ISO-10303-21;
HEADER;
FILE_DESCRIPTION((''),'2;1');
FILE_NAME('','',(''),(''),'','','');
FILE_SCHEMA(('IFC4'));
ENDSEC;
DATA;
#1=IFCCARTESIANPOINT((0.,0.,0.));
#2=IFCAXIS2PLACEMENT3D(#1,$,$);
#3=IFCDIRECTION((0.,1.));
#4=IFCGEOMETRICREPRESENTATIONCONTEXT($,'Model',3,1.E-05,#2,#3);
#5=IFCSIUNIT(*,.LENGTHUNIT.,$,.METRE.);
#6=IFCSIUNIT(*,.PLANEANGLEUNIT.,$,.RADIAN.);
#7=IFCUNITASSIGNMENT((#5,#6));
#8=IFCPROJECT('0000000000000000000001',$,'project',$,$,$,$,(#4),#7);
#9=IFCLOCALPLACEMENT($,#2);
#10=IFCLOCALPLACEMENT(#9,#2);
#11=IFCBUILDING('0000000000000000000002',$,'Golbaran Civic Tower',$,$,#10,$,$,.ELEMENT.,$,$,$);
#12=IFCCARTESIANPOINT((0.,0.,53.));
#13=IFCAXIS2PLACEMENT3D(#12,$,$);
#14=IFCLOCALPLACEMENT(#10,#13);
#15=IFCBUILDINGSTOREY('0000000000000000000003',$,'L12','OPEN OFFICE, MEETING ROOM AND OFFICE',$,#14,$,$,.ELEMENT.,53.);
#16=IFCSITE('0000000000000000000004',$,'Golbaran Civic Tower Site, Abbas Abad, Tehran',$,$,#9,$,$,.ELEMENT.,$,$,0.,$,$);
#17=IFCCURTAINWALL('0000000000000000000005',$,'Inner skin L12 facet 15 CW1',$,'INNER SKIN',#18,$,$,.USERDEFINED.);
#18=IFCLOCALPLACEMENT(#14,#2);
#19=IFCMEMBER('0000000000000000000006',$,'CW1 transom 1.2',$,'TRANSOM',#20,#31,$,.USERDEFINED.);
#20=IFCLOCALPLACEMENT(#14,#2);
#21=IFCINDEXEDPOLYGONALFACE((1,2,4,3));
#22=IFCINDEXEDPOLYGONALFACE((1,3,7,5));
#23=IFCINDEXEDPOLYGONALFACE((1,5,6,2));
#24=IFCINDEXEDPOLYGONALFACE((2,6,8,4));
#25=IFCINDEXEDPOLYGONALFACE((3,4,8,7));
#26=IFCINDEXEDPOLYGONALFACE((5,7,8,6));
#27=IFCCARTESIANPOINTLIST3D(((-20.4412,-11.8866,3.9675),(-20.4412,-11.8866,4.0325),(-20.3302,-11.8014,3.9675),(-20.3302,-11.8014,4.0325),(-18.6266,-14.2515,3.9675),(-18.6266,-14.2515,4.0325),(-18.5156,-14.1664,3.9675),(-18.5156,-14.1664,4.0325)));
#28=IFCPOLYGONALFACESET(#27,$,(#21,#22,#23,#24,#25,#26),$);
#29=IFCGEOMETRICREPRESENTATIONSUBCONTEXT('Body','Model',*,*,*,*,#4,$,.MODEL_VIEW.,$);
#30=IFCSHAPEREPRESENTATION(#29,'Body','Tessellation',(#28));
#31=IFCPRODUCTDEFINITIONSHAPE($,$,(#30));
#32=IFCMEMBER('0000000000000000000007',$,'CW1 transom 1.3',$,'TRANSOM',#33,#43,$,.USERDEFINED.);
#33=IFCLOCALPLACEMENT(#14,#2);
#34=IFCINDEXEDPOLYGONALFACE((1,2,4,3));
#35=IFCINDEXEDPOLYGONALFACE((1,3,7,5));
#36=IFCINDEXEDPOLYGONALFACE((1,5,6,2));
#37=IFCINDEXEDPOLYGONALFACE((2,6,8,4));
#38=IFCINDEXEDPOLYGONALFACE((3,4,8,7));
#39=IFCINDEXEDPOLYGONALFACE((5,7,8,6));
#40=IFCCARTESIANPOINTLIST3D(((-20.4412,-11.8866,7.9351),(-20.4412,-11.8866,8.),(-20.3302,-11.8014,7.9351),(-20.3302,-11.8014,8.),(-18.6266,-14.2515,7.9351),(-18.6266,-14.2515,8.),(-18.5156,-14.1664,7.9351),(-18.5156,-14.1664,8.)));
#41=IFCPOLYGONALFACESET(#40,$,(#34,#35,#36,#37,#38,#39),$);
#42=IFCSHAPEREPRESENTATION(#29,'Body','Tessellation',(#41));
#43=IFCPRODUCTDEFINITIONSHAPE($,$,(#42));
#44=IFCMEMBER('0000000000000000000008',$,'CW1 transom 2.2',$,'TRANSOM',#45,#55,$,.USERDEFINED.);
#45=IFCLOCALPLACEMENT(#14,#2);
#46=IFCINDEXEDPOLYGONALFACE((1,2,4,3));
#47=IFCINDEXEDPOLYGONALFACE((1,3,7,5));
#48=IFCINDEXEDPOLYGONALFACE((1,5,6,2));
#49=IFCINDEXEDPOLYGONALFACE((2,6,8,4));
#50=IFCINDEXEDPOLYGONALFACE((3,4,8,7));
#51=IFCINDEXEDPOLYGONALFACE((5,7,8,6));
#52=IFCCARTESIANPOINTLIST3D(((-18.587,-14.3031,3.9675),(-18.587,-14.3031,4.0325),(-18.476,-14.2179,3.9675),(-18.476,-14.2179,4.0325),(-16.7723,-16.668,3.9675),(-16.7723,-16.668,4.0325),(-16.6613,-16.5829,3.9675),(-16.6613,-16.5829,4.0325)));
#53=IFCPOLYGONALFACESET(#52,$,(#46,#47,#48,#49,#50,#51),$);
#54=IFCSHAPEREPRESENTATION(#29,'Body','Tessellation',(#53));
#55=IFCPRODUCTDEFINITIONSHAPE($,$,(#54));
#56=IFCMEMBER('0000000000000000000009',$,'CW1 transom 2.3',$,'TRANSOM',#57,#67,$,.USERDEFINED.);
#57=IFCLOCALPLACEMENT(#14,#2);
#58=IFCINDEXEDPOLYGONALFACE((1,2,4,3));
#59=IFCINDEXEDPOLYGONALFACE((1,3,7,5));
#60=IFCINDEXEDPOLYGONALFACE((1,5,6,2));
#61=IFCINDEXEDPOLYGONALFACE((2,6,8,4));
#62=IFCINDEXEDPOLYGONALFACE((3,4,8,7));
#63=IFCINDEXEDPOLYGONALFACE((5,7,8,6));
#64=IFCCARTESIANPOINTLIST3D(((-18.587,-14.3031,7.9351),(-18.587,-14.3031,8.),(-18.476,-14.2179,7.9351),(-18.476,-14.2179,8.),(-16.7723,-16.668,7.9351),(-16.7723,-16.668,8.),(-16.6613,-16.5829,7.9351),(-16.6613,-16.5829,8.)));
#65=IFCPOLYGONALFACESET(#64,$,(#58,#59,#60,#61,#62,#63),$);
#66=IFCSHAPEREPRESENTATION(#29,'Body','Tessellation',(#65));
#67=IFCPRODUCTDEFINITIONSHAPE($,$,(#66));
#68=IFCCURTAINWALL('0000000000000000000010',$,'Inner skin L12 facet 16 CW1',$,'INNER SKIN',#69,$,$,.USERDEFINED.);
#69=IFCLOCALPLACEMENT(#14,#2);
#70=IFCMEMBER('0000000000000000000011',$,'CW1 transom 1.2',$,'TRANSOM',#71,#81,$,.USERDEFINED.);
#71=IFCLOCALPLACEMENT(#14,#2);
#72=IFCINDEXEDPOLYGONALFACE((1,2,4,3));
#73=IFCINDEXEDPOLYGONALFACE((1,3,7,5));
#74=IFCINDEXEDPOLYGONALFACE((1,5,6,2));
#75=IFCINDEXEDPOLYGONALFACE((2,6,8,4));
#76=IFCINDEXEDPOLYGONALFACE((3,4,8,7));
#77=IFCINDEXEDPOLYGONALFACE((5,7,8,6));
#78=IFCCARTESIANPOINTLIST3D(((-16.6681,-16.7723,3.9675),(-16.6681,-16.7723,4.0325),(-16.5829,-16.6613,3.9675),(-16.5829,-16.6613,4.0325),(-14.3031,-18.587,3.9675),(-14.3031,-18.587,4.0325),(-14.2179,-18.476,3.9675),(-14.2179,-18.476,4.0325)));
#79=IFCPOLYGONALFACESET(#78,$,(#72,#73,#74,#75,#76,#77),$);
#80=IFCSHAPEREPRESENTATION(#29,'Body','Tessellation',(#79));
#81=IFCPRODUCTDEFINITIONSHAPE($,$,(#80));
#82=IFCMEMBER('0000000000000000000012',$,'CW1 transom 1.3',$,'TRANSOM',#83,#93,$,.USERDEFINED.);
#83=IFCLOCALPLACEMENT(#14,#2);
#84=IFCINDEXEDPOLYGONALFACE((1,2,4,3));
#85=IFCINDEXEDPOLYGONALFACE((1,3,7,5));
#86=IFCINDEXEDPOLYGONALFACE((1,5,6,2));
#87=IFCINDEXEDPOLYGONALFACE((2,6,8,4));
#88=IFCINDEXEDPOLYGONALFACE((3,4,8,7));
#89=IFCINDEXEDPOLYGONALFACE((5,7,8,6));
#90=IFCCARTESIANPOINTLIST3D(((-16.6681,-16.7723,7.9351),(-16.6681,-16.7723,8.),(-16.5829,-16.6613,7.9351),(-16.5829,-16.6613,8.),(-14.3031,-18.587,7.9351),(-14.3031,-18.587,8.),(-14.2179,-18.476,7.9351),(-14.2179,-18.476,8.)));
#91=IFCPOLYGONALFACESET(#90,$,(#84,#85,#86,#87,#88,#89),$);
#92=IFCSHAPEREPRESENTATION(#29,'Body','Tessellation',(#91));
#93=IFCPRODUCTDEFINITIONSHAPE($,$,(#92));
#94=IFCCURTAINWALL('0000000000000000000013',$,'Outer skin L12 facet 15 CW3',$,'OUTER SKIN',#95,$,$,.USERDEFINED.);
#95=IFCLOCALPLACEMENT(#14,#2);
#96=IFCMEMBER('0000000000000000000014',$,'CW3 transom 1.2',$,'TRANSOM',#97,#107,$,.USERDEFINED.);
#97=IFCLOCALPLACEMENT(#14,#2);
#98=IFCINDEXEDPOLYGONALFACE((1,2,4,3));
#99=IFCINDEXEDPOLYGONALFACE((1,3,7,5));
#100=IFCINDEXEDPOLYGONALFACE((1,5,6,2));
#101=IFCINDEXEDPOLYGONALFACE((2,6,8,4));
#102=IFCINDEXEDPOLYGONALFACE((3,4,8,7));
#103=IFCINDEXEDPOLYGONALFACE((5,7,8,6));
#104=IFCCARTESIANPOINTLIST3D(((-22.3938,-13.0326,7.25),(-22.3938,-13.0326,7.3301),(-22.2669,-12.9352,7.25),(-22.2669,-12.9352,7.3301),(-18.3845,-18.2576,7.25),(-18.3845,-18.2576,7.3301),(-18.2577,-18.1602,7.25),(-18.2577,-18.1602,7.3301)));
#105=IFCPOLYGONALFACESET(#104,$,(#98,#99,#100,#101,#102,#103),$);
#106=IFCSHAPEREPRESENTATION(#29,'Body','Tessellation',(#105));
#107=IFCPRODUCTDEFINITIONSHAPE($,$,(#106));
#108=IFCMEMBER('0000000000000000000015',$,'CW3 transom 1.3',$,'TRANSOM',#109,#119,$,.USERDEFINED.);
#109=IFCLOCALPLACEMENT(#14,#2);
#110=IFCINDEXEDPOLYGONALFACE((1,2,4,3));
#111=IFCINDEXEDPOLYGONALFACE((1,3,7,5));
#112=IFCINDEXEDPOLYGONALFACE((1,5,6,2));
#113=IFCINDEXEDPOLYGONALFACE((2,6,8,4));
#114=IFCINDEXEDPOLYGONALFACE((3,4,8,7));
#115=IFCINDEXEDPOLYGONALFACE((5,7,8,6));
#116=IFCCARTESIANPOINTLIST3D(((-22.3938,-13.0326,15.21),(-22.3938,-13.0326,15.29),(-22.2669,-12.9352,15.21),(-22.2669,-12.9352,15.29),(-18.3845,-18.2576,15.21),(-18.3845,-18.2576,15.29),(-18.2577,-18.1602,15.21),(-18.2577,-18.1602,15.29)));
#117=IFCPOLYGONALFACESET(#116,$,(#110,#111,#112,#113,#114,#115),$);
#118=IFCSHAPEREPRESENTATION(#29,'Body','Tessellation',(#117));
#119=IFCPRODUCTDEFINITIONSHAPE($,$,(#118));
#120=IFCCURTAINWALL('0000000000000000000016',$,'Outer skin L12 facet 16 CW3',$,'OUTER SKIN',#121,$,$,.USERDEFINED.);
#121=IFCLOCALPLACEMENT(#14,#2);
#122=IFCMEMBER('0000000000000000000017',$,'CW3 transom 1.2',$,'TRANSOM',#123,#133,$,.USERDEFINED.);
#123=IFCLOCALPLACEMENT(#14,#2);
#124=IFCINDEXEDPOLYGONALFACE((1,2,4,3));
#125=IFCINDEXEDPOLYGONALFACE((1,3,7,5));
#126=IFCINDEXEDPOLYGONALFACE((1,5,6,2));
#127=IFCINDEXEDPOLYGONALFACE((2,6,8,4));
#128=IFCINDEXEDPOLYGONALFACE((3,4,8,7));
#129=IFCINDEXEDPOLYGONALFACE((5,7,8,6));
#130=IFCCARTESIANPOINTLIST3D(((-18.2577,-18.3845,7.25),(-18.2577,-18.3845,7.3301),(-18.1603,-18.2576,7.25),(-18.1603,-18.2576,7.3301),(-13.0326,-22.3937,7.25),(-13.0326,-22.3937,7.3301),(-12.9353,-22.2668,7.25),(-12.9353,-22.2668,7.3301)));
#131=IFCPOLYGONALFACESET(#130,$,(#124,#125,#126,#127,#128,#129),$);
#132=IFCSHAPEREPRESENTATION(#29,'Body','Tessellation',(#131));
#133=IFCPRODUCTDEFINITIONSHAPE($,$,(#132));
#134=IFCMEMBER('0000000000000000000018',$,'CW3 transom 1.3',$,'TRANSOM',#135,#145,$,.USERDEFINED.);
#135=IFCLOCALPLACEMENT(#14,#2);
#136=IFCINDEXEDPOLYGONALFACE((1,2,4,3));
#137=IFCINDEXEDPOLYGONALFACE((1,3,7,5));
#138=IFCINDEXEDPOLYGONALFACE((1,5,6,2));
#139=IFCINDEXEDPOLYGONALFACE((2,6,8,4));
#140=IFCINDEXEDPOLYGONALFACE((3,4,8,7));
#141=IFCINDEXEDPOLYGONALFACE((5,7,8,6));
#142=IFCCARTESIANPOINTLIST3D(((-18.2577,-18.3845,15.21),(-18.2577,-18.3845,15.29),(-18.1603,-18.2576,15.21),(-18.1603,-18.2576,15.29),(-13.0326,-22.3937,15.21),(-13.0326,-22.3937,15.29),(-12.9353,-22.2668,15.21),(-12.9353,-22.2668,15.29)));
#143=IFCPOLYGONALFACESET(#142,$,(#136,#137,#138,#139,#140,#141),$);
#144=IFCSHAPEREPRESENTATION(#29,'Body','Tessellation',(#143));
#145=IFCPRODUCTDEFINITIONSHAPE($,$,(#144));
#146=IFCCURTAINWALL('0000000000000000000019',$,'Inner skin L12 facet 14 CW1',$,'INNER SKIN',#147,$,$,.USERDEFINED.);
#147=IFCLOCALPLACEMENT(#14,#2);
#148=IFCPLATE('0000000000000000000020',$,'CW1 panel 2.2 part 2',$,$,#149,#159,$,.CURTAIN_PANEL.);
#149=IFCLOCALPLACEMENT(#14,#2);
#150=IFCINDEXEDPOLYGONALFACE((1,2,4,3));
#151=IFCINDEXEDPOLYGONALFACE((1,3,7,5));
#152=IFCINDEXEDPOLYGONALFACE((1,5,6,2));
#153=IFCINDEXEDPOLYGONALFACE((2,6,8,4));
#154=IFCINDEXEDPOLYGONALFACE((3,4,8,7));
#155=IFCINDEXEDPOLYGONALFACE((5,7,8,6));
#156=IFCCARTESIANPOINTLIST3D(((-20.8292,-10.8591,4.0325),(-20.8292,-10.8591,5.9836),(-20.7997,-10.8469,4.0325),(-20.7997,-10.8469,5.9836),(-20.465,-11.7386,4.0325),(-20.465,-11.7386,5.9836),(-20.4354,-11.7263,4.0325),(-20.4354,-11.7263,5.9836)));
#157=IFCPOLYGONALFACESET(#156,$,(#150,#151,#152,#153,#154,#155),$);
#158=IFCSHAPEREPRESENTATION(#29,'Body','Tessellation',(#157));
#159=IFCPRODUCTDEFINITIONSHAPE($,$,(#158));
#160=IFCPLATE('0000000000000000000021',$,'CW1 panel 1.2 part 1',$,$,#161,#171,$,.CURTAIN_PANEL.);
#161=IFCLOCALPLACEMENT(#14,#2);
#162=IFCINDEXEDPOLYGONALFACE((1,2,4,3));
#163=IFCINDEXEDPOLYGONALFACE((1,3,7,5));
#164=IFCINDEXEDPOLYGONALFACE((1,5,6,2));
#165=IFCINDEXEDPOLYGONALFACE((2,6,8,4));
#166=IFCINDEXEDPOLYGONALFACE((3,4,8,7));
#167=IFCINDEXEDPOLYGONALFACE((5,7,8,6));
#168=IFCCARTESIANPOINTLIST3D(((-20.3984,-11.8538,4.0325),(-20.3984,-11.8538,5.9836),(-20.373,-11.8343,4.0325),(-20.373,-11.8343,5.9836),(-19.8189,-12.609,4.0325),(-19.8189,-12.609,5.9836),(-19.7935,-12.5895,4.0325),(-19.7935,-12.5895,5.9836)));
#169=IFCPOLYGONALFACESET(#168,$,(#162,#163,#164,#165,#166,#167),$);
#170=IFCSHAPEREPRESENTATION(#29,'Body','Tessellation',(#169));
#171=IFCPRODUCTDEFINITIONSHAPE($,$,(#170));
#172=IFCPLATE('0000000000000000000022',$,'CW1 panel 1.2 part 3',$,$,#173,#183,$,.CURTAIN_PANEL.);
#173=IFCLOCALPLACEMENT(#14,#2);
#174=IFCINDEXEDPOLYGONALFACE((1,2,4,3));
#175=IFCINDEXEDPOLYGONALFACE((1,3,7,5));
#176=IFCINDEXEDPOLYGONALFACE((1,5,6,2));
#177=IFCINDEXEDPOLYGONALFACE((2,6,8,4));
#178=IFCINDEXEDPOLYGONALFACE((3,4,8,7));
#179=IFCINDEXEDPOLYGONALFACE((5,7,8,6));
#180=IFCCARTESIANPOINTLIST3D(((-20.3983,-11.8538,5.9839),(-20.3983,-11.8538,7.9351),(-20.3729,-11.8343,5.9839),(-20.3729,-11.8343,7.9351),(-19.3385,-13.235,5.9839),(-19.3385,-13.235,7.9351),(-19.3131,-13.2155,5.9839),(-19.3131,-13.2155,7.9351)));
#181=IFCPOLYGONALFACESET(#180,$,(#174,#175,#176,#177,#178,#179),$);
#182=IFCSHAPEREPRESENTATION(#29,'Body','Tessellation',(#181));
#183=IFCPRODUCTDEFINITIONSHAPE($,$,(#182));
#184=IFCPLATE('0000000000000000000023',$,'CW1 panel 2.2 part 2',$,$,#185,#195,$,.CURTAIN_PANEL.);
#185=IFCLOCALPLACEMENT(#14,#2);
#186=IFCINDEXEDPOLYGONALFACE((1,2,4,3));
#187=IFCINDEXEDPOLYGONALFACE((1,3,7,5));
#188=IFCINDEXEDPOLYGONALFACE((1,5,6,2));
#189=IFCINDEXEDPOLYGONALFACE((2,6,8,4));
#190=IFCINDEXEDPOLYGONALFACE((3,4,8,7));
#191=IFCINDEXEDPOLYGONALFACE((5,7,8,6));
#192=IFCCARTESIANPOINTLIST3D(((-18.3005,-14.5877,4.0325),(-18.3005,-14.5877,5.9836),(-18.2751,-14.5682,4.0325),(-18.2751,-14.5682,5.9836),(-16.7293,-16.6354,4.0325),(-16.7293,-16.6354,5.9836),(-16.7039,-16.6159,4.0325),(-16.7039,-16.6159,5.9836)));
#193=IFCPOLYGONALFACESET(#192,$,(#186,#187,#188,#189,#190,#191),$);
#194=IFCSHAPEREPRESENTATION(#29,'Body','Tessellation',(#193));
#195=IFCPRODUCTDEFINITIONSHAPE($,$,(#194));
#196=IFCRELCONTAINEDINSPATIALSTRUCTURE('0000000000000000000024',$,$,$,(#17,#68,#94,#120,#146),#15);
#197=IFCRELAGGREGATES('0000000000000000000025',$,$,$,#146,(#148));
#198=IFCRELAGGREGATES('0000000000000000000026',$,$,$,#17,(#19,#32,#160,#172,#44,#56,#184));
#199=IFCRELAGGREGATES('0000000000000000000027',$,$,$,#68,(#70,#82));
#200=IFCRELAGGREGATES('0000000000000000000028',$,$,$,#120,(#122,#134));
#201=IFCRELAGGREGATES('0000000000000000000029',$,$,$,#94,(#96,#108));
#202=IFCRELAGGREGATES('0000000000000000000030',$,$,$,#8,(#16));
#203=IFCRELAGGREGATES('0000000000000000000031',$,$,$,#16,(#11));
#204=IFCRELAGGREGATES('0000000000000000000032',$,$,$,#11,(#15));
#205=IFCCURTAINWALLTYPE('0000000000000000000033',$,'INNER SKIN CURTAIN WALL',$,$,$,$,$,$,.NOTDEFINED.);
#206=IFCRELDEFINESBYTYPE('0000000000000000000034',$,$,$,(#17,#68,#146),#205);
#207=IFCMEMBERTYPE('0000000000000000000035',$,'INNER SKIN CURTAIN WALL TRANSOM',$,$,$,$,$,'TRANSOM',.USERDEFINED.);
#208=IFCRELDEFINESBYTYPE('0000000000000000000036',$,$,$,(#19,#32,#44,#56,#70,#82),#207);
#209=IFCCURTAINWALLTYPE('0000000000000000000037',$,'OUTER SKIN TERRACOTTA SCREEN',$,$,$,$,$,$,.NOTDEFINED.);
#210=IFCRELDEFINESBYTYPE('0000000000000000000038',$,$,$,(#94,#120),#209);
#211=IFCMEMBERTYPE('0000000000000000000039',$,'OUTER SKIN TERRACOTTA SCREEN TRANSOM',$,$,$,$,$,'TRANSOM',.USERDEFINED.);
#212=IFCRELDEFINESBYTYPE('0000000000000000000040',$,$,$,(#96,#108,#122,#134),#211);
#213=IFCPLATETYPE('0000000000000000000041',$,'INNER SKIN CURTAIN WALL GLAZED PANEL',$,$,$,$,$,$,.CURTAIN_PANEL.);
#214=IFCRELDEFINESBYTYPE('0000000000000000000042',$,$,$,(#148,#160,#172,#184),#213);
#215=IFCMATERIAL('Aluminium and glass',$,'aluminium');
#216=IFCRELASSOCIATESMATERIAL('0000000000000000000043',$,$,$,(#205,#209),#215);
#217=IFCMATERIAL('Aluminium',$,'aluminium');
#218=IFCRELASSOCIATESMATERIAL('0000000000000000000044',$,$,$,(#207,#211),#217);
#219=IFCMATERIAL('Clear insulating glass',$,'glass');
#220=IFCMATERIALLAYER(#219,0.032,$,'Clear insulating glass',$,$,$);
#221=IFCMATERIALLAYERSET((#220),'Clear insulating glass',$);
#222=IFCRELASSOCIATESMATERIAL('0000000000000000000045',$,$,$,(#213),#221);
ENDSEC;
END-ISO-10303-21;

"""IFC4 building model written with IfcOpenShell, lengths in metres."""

from ifc_helpers import new_model, si_unit, direction, frame, origin, origin_2d, place, context, subcontext, project, spatial, rectangle, extrude, material, layer, layer_set, material_profile, profile_set, type_object, element, aggregate, save


model = new_model("IFC4")

# Units and contexts
model_context = context("Model", 3, precision=1e-05, world=origin(), true_north=direction((0.0, 1.0)))
body_context = subcontext(model_context, "Body", "Model", "MODEL_VIEW")
ifc_project = project(units=[si_unit("LENGTHUNIT", "METRE"), si_unit("PLANEANGLEUNIT", "RADIAN")], contexts=[model_context])

# Site, building, storey
site_placement = place(None, origin())
site = spatial("IfcSite", under=ifc_project, at=site_placement, Name="Golbaran Civic Tower Site, Abbas Abad, Tehran", CompositionType="ELEMENT", RefElevation=0.0)
building_placement = place(site_placement, origin())
building = spatial("IfcBuilding", under=site, at=building_placement, Name="Golbaran Civic Tower", CompositionType="ELEMENT")
storey_placement = place(building_placement, frame((0.0, 0.0, 53.0)))
storey = spatial("IfcBuildingStorey", under=building, at=storey_placement, Name="L12", Description="OPEN OFFICE, MEETING ROOM AND OFFICE", CompositionType="ELEMENT", Elevation=53.0)

# Curtain walls, members
ifc_material_1 = material(Name="Aluminium and glass", Category="aluminium")
curtain_wall_type_1 = type_object("IfcCurtainWallType", Name="INNER SKIN CURTAIN WALL", PredefinedType="NOTDEFINED", material=ifc_material_1)
curtain_wall_1_placement = place(storey_placement, origin())
curtain_wall_1 = element("IfcCurtainWall", 1, at=curtain_wall_1_placement, inside=storey, type_object=curtain_wall_type_1, Name="Inner skin L12 facet 15 CW1", ObjectType="INNER SKIN", PredefinedType="USERDEFINED")
ifc_material_2 = material(Name="Aluminium", Category="aluminium")
ifc_material_profile_1 = material_profile(ifc_material_2, rectangle(XDim=0.1399, YDim=0.0649, at=origin_2d()), Name="INNER SKIN CURTAIN WALL TRANSOM")
ifc_profile_set_1 = profile_set([ifc_material_profile_1], Name="Aluminium")
member_type_1 = type_object("IfcMemberType", Name="INNER SKIN CURTAIN WALL TRANSOM", ElementType="TRANSOM", PredefinedType="USERDEFINED", material=ifc_profile_set_1)
member_1_placement = place(storey_placement, frame((-20.3857, -11.844, 4.0), z_axis=(0.608756, -0.793357, 0.0), x_axis=(0.793357, 0.608756, 0.0)))
member_1 = element("IfcMember", 2, at=member_1_placement, type_object=member_type_1, Name="CW1 transom 1.2", ObjectType="TRANSOM", PredefinedType="USERDEFINED", context=body_context, shape_type="SweptSolid", body=[
    extrude(rectangle(XDim=0.1399, YDim=0.0649, at=origin_2d()), origin(), (0.0, 0.0, 1.0), 2.981),
])
member_2_placement = place(storey_placement, frame((-20.3857, -11.844, 7.9675), z_axis=(0.608756, -0.793357, 0.0), x_axis=(0.793357, 0.608756, 0.0)))
member_2 = element("IfcMember", 3, at=member_2_placement, type_object=member_type_1, Name="CW1 transom 1.3", ObjectType="TRANSOM", PredefinedType="USERDEFINED", context=body_context, shape_type="SweptSolid", body=[
    extrude(rectangle(XDim=0.1399, YDim=0.0649, at=origin_2d()), origin(), (0.0, 0.0, 1.0), 2.981),
])
member_3_placement = place(storey_placement, frame((-18.5315, -14.2605, 4.0), z_axis=(0.608756, -0.793357, 0.0), x_axis=(0.793357, 0.608756, 0.0)))
member_3 = element("IfcMember", 4, at=member_3_placement, type_object=member_type_1, Name="CW1 transom 2.2", ObjectType="TRANSOM", PredefinedType="USERDEFINED", context=body_context, shape_type="SweptSolid", body=[
    extrude(rectangle(XDim=0.1399, YDim=0.0649, at=origin_2d()), origin(), (0.0, 0.0, 1.0), 2.981),
])
member_4_placement = place(storey_placement, frame((-18.5315, -14.2605, 7.9675), z_axis=(0.608756, -0.793357, 0.0), x_axis=(0.793357, 0.608756, 0.0)))
member_4 = element("IfcMember", 5, at=member_4_placement, type_object=member_type_1, Name="CW1 transom 2.3", ObjectType="TRANSOM", PredefinedType="USERDEFINED", context=body_context, shape_type="SweptSolid", body=[
    extrude(rectangle(XDim=0.1399, YDim=0.0649, at=origin_2d()), origin(), (0.0, 0.0, 1.0), 2.981),
])
curtain_wall_2_placement = place(storey_placement, origin())
curtain_wall_2 = element("IfcCurtainWall", 6, at=curtain_wall_2_placement, inside=storey, type_object=curtain_wall_type_1, Name="Inner skin L12 facet 16 CW1", ObjectType="INNER SKIN", PredefinedType="USERDEFINED")
member_5_placement = place(storey_placement, frame((-16.6255, -16.7168, 4.0), z_axis=(0.793357, -0.608756, 0.0), x_axis=(0.608756, 0.793357, 0.0)))
member_5 = element("IfcMember", 7, at=member_5_placement, type_object=member_type_1, Name="CW1 transom 1.2", ObjectType="TRANSOM", PredefinedType="USERDEFINED", context=body_context, shape_type="SweptSolid", body=[
    extrude(rectangle(XDim=0.1399, YDim=0.0649, at=origin_2d()), origin(), (0.0, 0.0, 1.0), 2.981),
])
member_6_placement = place(storey_placement, frame((-16.6255, -16.7168, 7.9675), z_axis=(0.793357, -0.608756, 0.0), x_axis=(0.608756, 0.793357, 0.0)))
member_6 = element("IfcMember", 8, at=member_6_placement, type_object=member_type_1, Name="CW1 transom 1.3", ObjectType="TRANSOM", PredefinedType="USERDEFINED", context=body_context, shape_type="SweptSolid", body=[
    extrude(rectangle(XDim=0.1399, YDim=0.0649, at=origin_2d()), origin(), (0.0, 0.0, 1.0), 2.981),
])
curtain_wall_type_2 = type_object("IfcCurtainWallType", Name="OUTER SKIN TERRACOTTA SCREEN", PredefinedType="NOTDEFINED", material=ifc_material_1)
curtain_wall_3_placement = place(storey_placement, origin())
curtain_wall_3 = element("IfcCurtainWall", 9, at=curtain_wall_3_placement, inside=storey, type_object=curtain_wall_type_2, Name="Outer skin L12 facet 15 CW3", ObjectType="OUTER SKIN", PredefinedType="USERDEFINED")
ifc_material_profile_2 = material_profile(ifc_material_2, rectangle(XDim=0.1599, YDim=0.0801, at=origin_2d()), Name="OUTER SKIN TERRACOTTA SCREEN TRANSOM")
ifc_profile_set_2 = profile_set([ifc_material_profile_2], Name="Aluminium")
member_type_2 = type_object("IfcMemberType", Name="OUTER SKIN TERRACOTTA SCREEN TRANSOM", ElementType="TRANSOM", PredefinedType="USERDEFINED", material=ifc_profile_set_2)
member_7_placement = place(storey_placement, frame((-22.3303, -12.9839, 7.29), z_axis=(0.608754, -0.793359, 0.0), x_axis=(0.793359, 0.608754, 0.0)))
member_7 = element("IfcMember", 10, at=member_7_placement, type_object=member_type_2, Name="CW3 transom 1.2", ObjectType="TRANSOM", PredefinedType="USERDEFINED", context=body_context, shape_type="SweptSolid", body=[
    extrude(rectangle(XDim=0.1599, YDim=0.0801, at=origin_2d()), origin(), (0.0, 0.0, 1.0), 6.5859),
])
member_8_placement = place(storey_placement, frame((-22.3303, -12.9839, 15.25), z_axis=(0.608754, -0.793359, 0.0), x_axis=(0.793359, 0.608754, 0.0)))
member_8 = element("IfcMember", 11, at=member_8_placement, type_object=member_type_2, Name="CW3 transom 1.3", ObjectType="TRANSOM", PredefinedType="USERDEFINED", context=body_context, shape_type="SweptSolid", body=[
    extrude(rectangle(XDim=0.1599, YDim=0.0801, at=origin_2d()), origin(), (0.0, 0.0, 1.0), 6.5859),
])
curtain_wall_4_placement = place(storey_placement, origin())
curtain_wall_4 = element("IfcCurtainWall", 12, at=curtain_wall_4_placement, inside=storey, type_object=curtain_wall_type_2, Name="Outer skin L12 facet 16 CW3", ObjectType="OUTER SKIN", PredefinedType="USERDEFINED")
member_9_placement = place(storey_placement, frame((-18.209, -18.321, 7.29), z_axis=(0.793359, -0.608754, 0.0), x_axis=(0.608754, 0.793359, 0.0)))
member_9 = element("IfcMember", 13, at=member_9_placement, type_object=member_type_2, Name="CW3 transom 1.2", ObjectType="TRANSOM", PredefinedType="USERDEFINED", context=body_context, shape_type="SweptSolid", body=[
    extrude(rectangle(XDim=0.1599, YDim=0.0801, at=origin_2d()), origin(), (0.0, 0.0, 1.0), 6.5859),
])
member_10_placement = place(storey_placement, frame((-18.209, -18.321, 15.25), z_axis=(0.793359, -0.608754, 0.0), x_axis=(0.608754, 0.793359, 0.0)))
member_10 = element("IfcMember", 14, at=member_10_placement, type_object=member_type_2, Name="CW3 transom 1.3", ObjectType="TRANSOM", PredefinedType="USERDEFINED", context=body_context, shape_type="SweptSolid", body=[
    extrude(rectangle(XDim=0.1599, YDim=0.0801, at=origin_2d()), origin(), (0.0, 0.0, 1.0), 6.5859),
])

# Curtain wall, plate
curtain_wall_5_placement = place(storey_placement, origin())
curtain_wall_5 = element("IfcCurtainWall", 15, at=curtain_wall_5_placement, inside=storey, type_object=curtain_wall_type_1, Name="Inner skin L12 facet 14 CW1", ObjectType="INNER SKIN", PredefinedType="USERDEFINED")
ifc_material_3 = material(Name="Clear insulating glass", Category="glass")
ifc_layer_1 = layer(ifc_material_3, 0.032, Name="Clear insulating glass")
ifc_layer_set_1 = layer_set([ifc_layer_1], Name="Clear insulating glass")
plate_type_1 = type_object("IfcPlateType", Name="INNER SKIN CURTAIN WALL GLAZED PANEL", PredefinedType="CURTAIN_PANEL", material=ifc_layer_set_1)
plate_1_placement = place(storey_placement, frame((-20.6323, -11.2927, 4.0325), z_axis=(0.0, 0.0, 1.0), x_axis=(0.382683, -0.92388, 0.0)))
plate_1 = element("IfcPlate", 16, at=plate_1_placement, type_object=plate_type_1, Name="CW1 panel 2.2 part 2", PredefinedType="CURTAIN_PANEL", context=body_context, shape_type="SweptSolid", body=[
    extrude(rectangle(XDim=0.9519, YDim=0.032, at=origin_2d()), origin(), (0.0, 0.0, 1.0), 1.9512),
])
aggregate(curtain_wall_5, [plate_1])

# Plates
plate_2_placement = place(storey_placement, frame((-20.0959, -12.2217, 4.0325), z_axis=(0.0, 0.0, 1.0), x_axis=(0.608761, -0.793353, 0.0)))
plate_2 = element("IfcPlate", 17, at=plate_2_placement, type_object=plate_type_1, Name="CW1 panel 1.2 part 1", PredefinedType="CURTAIN_PANEL", context=body_context, shape_type="SweptSolid", body=[
    extrude(rectangle(XDim=0.9519, YDim=0.032, at=origin_2d()), origin(), (0.0, 0.0, 1.0), 1.9512),
])
plate_3_placement = place(storey_placement, frame((-19.8557, -12.5347, 5.9839), z_axis=(0.0, 0.0, 1.0), x_axis=(0.608761, -0.793353, 0.0)))
plate_3 = element("IfcPlate", 18, at=plate_3_placement, type_object=plate_type_1, Name="CW1 panel 1.2 part 3", PredefinedType="CURTAIN_PANEL", context=body_context, shape_type="SweptSolid", body=[
    extrude(rectangle(XDim=1.741, YDim=0.032, at=origin_2d()), origin(), (0.0, 0.0, 1.0), 1.9512),
])
plate_4_placement = place(storey_placement, frame((-17.5022, -15.6018, 4.0325), z_axis=(0.0, 0.0, 1.0), x_axis=(0.608761, -0.793353, 0.0)))
plate_4 = element("IfcPlate", 19, at=plate_4_placement, type_object=plate_type_1, Name="CW1 panel 2.2 part 2", PredefinedType="CURTAIN_PANEL", context=body_context, shape_type="SweptSolid", body=[
    extrude(rectangle(XDim=2.5811, YDim=0.032, at=origin_2d()), origin(), (0.0, 0.0, 1.0), 1.9512),
])
aggregate(curtain_wall_1, [member_1, member_2, plate_2, plate_3, member_3, member_4, plate_4])
aggregate(curtain_wall_2, [member_5, member_6])

aggregate(curtain_wall_4, [member_9, member_10])
aggregate(curtain_wall_3, [member_7, member_8])

save(model, "model.ifc")
